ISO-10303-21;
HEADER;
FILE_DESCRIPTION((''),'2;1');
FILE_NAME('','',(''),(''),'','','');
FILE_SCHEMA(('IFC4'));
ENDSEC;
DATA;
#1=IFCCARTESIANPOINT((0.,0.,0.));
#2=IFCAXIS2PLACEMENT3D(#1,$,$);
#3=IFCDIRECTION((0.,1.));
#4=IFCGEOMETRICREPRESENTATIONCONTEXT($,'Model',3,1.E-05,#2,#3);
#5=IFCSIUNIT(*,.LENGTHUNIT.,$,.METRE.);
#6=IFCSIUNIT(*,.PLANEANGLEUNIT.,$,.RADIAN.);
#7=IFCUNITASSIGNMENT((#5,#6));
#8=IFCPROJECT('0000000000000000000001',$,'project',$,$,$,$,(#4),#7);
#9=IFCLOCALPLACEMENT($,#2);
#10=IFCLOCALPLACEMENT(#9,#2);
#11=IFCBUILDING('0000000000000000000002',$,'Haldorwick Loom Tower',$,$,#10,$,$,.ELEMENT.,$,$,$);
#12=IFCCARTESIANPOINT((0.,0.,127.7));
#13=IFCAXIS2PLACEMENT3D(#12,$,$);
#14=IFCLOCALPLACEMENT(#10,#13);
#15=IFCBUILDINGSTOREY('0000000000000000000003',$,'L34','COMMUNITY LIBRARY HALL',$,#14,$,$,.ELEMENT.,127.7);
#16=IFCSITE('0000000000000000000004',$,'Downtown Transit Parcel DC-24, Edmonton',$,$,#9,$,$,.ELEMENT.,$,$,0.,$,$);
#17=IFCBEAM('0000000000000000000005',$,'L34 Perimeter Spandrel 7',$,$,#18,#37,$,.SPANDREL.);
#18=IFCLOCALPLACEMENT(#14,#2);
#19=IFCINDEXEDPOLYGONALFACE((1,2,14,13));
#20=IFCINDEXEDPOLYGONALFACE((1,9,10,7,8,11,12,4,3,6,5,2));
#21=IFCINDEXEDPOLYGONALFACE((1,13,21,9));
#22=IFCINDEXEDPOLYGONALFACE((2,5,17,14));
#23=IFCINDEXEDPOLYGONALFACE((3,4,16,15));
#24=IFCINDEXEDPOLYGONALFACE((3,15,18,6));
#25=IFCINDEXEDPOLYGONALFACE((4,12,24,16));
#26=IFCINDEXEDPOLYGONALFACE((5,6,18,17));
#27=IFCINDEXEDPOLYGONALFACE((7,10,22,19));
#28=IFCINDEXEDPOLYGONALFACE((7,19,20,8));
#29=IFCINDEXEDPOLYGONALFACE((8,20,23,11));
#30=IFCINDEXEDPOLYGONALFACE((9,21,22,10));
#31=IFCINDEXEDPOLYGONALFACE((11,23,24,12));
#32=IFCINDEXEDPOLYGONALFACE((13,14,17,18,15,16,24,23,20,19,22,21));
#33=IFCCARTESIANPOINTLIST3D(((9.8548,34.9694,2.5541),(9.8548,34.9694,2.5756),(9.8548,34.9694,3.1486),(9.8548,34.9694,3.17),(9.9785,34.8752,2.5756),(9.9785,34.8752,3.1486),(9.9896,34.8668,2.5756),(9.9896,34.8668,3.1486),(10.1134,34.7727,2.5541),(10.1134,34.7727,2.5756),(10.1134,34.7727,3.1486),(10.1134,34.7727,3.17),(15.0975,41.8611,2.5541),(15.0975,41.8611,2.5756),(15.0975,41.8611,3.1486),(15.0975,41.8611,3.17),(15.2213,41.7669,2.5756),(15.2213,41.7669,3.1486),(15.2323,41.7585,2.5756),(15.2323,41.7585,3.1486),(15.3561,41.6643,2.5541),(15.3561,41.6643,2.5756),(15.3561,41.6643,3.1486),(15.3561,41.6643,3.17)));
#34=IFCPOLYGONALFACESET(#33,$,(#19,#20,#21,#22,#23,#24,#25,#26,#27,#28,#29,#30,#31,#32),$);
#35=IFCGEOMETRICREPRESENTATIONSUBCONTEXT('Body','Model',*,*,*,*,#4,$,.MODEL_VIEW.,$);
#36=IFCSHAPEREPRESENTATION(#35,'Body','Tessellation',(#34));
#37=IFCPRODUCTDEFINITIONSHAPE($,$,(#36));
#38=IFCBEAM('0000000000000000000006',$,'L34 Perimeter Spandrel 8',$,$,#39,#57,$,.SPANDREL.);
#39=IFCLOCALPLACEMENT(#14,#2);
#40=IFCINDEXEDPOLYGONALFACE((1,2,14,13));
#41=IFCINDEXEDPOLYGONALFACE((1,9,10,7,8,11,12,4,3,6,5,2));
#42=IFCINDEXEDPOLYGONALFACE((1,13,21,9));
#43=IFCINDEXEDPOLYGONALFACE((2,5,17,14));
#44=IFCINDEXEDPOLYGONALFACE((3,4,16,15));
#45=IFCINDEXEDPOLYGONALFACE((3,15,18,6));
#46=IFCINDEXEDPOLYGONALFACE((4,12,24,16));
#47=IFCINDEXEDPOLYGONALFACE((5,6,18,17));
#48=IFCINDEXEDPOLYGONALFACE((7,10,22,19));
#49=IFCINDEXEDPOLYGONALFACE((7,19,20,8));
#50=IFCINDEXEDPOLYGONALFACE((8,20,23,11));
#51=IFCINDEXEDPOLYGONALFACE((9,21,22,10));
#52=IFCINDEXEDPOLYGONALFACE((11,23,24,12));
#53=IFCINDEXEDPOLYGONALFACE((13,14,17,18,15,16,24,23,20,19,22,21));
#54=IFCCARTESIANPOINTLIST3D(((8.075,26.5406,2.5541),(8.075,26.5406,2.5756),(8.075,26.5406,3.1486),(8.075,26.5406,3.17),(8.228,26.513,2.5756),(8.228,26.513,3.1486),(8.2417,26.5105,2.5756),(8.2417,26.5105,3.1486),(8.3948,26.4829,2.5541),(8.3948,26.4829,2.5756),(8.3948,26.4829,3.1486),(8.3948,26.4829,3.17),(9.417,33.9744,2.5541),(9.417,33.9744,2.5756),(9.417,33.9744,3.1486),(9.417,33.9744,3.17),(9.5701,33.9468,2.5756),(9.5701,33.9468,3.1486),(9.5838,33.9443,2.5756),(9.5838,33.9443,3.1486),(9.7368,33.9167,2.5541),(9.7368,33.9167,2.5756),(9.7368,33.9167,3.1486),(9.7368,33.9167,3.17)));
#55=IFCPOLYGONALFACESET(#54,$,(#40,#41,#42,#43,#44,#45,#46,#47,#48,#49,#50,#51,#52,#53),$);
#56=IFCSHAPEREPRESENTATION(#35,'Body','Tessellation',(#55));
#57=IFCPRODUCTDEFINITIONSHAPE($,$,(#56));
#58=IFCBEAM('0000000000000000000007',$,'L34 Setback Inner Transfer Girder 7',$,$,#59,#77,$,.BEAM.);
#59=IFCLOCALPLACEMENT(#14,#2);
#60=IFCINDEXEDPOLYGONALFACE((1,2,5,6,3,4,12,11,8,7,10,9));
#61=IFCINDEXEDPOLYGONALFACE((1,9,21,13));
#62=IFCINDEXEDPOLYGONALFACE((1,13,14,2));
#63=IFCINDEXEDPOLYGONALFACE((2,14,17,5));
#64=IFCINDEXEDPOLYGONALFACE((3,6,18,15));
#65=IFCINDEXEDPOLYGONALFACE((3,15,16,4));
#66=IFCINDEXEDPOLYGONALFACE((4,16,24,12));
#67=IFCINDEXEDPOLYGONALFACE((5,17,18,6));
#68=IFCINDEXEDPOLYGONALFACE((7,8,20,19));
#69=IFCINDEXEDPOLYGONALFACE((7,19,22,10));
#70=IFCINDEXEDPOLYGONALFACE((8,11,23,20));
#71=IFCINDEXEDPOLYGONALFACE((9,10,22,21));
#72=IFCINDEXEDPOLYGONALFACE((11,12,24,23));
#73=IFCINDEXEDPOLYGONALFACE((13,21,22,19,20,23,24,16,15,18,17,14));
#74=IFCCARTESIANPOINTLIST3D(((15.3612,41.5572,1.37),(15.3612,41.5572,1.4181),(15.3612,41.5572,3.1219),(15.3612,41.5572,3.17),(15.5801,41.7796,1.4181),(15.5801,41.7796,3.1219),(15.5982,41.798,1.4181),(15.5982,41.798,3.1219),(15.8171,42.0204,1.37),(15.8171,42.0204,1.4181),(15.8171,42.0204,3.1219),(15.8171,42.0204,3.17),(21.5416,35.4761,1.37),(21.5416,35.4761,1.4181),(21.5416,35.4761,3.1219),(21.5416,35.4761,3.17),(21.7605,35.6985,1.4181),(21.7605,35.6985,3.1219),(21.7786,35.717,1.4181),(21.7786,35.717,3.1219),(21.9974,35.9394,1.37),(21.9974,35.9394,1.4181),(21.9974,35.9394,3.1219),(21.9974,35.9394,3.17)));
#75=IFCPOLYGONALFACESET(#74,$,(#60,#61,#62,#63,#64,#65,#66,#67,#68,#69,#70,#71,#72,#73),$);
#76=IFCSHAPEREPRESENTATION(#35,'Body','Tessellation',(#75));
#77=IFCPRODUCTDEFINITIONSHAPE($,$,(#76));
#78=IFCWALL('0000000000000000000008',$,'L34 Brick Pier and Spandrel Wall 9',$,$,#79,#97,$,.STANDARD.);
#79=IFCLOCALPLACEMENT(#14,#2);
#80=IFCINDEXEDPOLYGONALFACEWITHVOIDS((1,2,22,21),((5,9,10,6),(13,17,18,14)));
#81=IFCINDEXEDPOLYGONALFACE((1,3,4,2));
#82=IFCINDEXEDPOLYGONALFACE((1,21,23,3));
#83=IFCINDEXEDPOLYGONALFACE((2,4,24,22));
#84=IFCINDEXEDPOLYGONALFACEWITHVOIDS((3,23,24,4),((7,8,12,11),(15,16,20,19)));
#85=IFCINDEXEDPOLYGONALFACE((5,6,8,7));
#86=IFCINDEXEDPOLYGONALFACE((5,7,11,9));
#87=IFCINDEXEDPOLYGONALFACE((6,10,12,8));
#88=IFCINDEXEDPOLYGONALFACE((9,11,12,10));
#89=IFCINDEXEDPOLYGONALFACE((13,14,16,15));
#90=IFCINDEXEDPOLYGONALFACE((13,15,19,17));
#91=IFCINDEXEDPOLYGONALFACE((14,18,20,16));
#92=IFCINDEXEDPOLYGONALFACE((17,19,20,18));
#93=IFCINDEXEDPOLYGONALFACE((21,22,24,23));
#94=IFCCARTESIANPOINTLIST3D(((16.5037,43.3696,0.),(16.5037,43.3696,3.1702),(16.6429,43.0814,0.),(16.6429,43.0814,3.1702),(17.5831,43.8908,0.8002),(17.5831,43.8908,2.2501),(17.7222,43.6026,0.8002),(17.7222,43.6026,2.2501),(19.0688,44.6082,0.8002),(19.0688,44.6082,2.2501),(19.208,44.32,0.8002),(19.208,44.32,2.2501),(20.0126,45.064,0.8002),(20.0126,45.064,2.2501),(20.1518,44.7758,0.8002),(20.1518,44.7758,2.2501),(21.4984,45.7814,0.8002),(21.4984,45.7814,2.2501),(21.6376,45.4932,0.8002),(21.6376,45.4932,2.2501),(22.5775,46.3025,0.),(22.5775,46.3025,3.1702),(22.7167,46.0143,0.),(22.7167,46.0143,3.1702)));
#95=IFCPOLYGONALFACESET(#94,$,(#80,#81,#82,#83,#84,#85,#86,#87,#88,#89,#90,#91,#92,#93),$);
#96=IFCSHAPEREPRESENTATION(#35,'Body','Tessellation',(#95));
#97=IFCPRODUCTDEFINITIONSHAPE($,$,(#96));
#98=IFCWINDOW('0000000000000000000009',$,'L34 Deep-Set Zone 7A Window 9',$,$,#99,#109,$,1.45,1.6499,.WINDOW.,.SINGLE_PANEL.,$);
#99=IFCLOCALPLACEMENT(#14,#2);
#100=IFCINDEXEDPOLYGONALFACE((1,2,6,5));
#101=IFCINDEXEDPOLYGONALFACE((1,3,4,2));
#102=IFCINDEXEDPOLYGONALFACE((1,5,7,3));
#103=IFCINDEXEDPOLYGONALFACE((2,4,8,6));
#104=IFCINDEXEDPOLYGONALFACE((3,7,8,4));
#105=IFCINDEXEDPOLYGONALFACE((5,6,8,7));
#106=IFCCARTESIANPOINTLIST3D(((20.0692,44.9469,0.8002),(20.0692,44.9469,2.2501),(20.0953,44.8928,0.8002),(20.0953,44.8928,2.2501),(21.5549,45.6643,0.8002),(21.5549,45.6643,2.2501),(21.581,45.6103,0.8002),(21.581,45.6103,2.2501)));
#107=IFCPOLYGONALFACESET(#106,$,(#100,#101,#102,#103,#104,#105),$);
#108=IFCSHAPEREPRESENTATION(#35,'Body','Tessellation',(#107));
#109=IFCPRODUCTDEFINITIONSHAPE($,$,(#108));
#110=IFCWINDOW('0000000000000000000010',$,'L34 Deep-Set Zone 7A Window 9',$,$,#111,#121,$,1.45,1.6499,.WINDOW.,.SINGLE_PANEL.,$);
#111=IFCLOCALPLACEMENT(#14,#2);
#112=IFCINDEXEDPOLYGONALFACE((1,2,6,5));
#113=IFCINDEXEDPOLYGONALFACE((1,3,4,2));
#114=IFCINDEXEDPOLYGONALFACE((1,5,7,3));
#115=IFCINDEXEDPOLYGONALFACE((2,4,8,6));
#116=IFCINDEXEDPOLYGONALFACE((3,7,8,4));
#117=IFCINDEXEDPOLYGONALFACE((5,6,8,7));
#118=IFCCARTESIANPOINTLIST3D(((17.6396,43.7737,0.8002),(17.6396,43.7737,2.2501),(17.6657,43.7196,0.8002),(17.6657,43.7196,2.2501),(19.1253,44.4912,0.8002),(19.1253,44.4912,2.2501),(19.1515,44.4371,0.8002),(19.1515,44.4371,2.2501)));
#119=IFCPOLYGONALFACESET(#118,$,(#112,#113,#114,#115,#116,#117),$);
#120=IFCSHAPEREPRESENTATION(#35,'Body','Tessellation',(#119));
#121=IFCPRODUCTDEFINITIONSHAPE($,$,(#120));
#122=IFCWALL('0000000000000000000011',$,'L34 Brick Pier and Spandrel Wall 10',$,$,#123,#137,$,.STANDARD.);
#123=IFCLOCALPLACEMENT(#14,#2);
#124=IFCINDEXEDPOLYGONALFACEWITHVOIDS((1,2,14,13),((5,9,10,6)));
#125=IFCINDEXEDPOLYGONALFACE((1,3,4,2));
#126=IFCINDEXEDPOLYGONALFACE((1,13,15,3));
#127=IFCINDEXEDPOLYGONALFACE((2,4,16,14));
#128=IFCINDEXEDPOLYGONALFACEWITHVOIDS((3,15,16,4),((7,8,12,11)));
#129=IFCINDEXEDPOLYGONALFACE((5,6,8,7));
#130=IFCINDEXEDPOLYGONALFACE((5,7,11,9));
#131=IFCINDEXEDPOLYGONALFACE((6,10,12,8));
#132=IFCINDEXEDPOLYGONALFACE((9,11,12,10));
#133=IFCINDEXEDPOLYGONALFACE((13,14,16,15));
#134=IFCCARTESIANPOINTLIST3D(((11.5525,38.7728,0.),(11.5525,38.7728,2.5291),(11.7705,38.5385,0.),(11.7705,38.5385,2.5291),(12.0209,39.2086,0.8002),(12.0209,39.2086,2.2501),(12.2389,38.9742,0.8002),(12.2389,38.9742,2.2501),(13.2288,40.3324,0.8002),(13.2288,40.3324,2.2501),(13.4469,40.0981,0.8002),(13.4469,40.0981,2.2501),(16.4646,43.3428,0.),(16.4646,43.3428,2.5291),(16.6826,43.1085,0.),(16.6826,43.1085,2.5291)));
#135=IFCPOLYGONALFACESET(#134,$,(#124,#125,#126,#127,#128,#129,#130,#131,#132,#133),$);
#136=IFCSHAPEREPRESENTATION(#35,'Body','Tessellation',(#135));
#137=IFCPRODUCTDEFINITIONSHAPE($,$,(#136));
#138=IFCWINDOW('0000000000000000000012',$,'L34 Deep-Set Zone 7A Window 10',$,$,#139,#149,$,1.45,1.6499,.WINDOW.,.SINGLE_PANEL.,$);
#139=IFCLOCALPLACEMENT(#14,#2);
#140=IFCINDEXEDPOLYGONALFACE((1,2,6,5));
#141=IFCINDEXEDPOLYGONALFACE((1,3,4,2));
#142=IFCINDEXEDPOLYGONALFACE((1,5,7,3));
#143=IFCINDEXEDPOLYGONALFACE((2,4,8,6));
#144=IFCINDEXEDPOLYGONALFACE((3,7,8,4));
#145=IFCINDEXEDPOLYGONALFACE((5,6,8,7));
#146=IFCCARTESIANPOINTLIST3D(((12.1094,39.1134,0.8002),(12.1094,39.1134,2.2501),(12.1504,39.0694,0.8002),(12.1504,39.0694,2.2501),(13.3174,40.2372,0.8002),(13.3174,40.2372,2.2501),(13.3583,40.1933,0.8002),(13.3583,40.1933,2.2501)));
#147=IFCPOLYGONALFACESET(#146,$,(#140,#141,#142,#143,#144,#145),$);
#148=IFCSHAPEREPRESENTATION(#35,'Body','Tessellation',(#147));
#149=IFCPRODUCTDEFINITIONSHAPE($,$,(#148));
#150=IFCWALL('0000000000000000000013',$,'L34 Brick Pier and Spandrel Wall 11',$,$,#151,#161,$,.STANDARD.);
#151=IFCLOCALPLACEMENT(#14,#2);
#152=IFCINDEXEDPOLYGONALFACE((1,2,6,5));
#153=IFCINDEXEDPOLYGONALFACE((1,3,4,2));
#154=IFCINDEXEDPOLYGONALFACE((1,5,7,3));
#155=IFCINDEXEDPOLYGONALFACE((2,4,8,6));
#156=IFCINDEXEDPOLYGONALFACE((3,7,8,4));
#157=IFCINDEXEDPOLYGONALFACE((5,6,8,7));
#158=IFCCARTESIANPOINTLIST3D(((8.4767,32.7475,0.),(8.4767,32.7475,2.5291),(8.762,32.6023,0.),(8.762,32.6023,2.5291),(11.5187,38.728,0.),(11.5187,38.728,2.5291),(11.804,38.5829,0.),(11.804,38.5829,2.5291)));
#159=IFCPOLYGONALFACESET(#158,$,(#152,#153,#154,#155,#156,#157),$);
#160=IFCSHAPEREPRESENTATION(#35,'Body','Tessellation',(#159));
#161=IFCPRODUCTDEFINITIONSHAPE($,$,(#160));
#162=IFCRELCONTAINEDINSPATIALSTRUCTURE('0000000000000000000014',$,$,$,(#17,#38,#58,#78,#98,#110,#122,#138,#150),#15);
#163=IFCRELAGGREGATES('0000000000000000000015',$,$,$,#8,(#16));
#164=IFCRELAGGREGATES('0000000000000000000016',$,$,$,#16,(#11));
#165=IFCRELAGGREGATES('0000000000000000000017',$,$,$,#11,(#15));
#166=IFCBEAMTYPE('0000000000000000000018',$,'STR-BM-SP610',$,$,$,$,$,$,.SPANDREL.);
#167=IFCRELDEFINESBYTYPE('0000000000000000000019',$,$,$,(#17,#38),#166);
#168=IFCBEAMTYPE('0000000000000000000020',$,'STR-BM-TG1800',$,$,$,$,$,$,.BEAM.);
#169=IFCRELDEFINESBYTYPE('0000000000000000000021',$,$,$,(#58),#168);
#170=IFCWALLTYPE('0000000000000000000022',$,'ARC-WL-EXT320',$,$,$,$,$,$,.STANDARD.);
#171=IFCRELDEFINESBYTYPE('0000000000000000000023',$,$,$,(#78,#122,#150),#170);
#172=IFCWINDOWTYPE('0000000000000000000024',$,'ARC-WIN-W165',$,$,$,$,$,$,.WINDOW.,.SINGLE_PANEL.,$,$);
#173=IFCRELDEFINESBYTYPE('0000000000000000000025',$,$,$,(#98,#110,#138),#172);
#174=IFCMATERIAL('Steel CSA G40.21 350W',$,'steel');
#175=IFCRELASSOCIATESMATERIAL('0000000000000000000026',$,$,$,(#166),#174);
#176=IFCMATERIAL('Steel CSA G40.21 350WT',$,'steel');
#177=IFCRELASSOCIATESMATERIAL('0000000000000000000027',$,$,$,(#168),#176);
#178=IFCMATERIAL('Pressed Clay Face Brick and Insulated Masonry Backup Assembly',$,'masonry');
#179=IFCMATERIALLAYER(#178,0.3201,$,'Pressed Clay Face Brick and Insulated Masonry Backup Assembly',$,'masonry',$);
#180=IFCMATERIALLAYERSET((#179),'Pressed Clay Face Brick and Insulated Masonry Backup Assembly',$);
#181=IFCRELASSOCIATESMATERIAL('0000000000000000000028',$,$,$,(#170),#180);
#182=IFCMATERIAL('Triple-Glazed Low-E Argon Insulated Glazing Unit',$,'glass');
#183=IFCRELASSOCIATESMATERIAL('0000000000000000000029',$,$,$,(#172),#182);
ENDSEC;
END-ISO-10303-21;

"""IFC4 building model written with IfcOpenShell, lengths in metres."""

from ifc_helpers import new_model, si_unit, direction, frame, frame_2d, origin, origin_2d, place, context, subcontext, project, spatial, rectangle, i_section, extrude, material, layer, layer_set, material_profile, profile_set, type_object, element, fill, save


model = new_model("IFC4")

# Units and contexts
model_context = context("Model", 3, precision=1e-05, world=origin(), true_north=direction((0.0, 1.0)))
body_context = subcontext(model_context, "Body", "Model", "MODEL_VIEW")
ifc_project = project(units=[si_unit("LENGTHUNIT", "METRE"), si_unit("PLANEANGLEUNIT", "RADIAN")], contexts=[model_context])

# Site, building, storey
site_placement = place(None, origin())
site = spatial("IfcSite", under=ifc_project, at=site_placement, Name="Downtown Transit Parcel DC-24, Edmonton", CompositionType="ELEMENT", RefElevation=0.0)
building_placement = place(site_placement, origin())
building = spatial("IfcBuilding", under=site, at=building_placement, Name="Haldorwick Loom Tower", CompositionType="ELEMENT")
storey_placement = place(building_placement, frame((0.0, 0.0, 127.7)))
storey = spatial("IfcBuildingStorey", under=building, at=storey_placement, Name="L34", Description="COMMUNITY LIBRARY HALL", CompositionType="ELEMENT", Elevation=127.7)

# Shared definitions
ifc_material_1 = material(Name="Steel CSA G40.21 350WT", Category="steel")

# Beams
ifc_material_2 = material(Name="Steel CSA G40.21 350W", Category="steel")
ifc_material_profile_1 = material_profile(ifc_material_2, i_section(OverallWidth=0.325, OverallDepth=0.616, WebThickness=0.0139, FlangeThickness=0.0215, at=origin_2d()), Name="W610X174", Category="steel")
ifc_profile_set_1 = profile_set([ifc_material_profile_1], Name="Steel CSA G40.21 350W")
beam_type_1 = type_object("IfcBeamType", Name="STR-BM-SP610", PredefinedType="SPANDREL", material=ifc_profile_set_1)
beam_1_placement = place(storey_placement, frame((15.2268, 41.7627, 2.8621), z_axis=(-0.605454, -0.795881, 0.0), x_axis=(0.795881, -0.605454, 0.0)))
element("IfcBeam", 1, at=beam_1_placement, inside=storey, type_object=beam_type_1, Name="L34 Perimeter Spandrel 7", PredefinedType="SPANDREL", context=body_context, shape_type="SweptSolid", body=[
    extrude(i_section(OverallWidth=0.325, OverallDepth=0.616, WebThickness=0.0139, FlangeThickness=0.0215, at=origin_2d()), origin(), (0.0, 0.0, 1.0), 8.6592),
])
beam_2_placement = place(storey_placement, frame((9.5769, 33.9456, 2.8621), z_axis=(-0.177659, -0.984092, 0.0), x_axis=(0.984092, -0.177659, 0.0)))
element("IfcBeam", 2, at=beam_2_placement, inside=storey, type_object=beam_type_1, Name="L34 Perimeter Spandrel 8", PredefinedType="SPANDREL", context=body_context, shape_type="SweptSolid", body=[
    extrude(i_section(OverallWidth=0.325, OverallDepth=0.616, WebThickness=0.0139, FlangeThickness=0.0215, at=origin_2d()), origin(), (0.0, 0.0, 1.0), 7.554),
])
ifc_material_profile_2 = material_profile(ifc_material_1, i_section(OverallWidth=0.6499, OverallDepth=1.8, WebThickness=0.0259, FlangeThickness=0.0481, at=origin_2d()), Name="WWF1800X650", Category="steel")
ifc_profile_set_2 = profile_set([ifc_material_profile_2], Name="Steel CSA G40.21 350WT")
beam_type_2 = type_object("IfcBeamType", Name="STR-BM-TG1800", PredefinedType="BEAM", material=ifc_profile_set_2)
beam_3_placement = place(storey_placement, frame((21.7695, 35.7078, 2.27), z_axis=(-0.712814, 0.701353, 0.0), x_axis=(-0.701353, -0.712814, 0.0)))
element("IfcBeam", 3, at=beam_3_placement, inside=storey, type_object=beam_type_2, Name="L34 Setback Inner Transfer Girder 7", PredefinedType="BEAM", context=body_context, shape_type="SweptSolid", body=[
    extrude(i_section(OverallWidth=0.6499, OverallDepth=1.8, WebThickness=0.0259, FlangeThickness=0.0481, at=origin_2d()), origin(), (0.0, 0.0, 1.0), 8.6704),
])

# Wall, openings, windows
ifc_material_3 = material(Name="Pressed Clay Face Brick and Insulated Masonry Backup Assembly", Category="masonry")
ifc_layer_1 = layer(ifc_material_3, 0.3201, Name="Pressed Clay Face Brick and Insulated Masonry Backup Assembly", Category="masonry")
ifc_layer_set_1 = layer_set([ifc_layer_1], Name="Pressed Clay Face Brick and Insulated Masonry Backup Assembly")
wall_type_1 = type_object("IfcWallType", Name="ARC-WL-EXT320", PredefinedType="STANDARD", material=ifc_layer_set_1)
wall_1_placement = place(storey_placement, frame((22.6472, 46.1584, 0.0), z_axis=(0.0, 0.0, 1.0), x_axis=(-0.90051, -0.434835, 0.0)))
wall_1 = element("IfcWall", 4, at=wall_1_placement, inside=storey, type_object=wall_type_1, Name="L34 Brick Pier and Spandrel Wall 9", PredefinedType="STANDARD", context=body_context, shape_type="SweptSolid", body=[
    extrude(rectangle(XDim=6.7449, YDim=0.3201, at=frame_2d((3.3726, 0.0))), origin(), (0.0, 0.0, 1.0), 3.1702),
])
opening_1_placement = place(wall_1_placement, frame((1.1985, 0.0, 0.8)))
opening_1 = element("IfcOpeningElement", 5, at=opening_1_placement, cuts=wall_1, PredefinedType="OPENING", context=body_context, shape_type="SweptSolid", body=[
    extrude(rectangle(XDim=1.6499, YDim=1.45, at=frame_2d((0.825, 0.7251))), frame((0.0, 0.1699, 0.0), z_axis=(0.0, -1.0, 0.0), x_axis=(1.0, 0.0, 0.0)), (0.0, 0.0, 1.0), 0.3401),
])
opening_2_placement = place(wall_1_placement, frame((3.8965, 0.0, 0.8)))
opening_2 = element("IfcOpeningElement", 6, at=opening_2_placement, cuts=wall_1, PredefinedType="OPENING", context=body_context, shape_type="SweptSolid", body=[
    extrude(rectangle(XDim=1.6499, YDim=1.45, at=frame_2d((0.825, 0.7251))), frame((0.0, 0.1699, 0.0), z_axis=(0.0, -1.0, 0.0), x_axis=(1.0, 0.0, 0.0)), (0.0, 0.0, 1.0), 0.3401),
])
ifc_material_4 = material(Name="Triple-Glazed Low-E Argon Insulated Glazing Unit", Category="glass")
window_type = type_object("IfcWindowType", Name="ARC-WIN-W165", PartitioningType="SINGLE_PANEL", PredefinedType="WINDOW", material=ifc_material_4)
window_1_placement = place(opening_1_placement, origin())
window_1 = element("IfcWindow", 7, at=window_1_placement, inside=storey, type_object=window_type, Name="L34 Deep-Set Zone 7A Window 9", OverallHeight=1.45, OverallWidth=1.6499, PartitioningType="SINGLE_PANEL", PredefinedType="WINDOW", context=body_context, shape_type="SweptSolid", body=[
    extrude(rectangle(XDim=1.6499, YDim=1.45, at=frame_2d((0.825, 0.7251))), frame((0.0, 0.03, 0.0), z_axis=(0.0, -1.0, 0.0), x_axis=(1.0, 0.0, 0.0)), (0.0, 0.0, 1.0), 0.0601),
])
fill(opening_1, window_1)
window_2_placement = place(opening_2_placement, origin())
window_2 = element("IfcWindow", 8, at=window_2_placement, inside=storey, type_object=window_type, Name="L34 Deep-Set Zone 7A Window 9", OverallHeight=1.45, OverallWidth=1.6499, PartitioningType="SINGLE_PANEL", PredefinedType="WINDOW", context=body_context, shape_type="SweptSolid", body=[
    extrude(rectangle(XDim=1.6499, YDim=1.45, at=frame_2d((0.825, 0.7251))), frame((0.0, 0.03, 0.0), z_axis=(0.0, -1.0, 0.0), x_axis=(1.0, 0.0, 0.0)), (0.0, 0.0, 1.0), 0.0601),
])
fill(opening_2, window_2)

# Wall, opening, window
wall_2_placement = place(storey_placement, frame((16.5735, 43.2256, 0.0), z_axis=(0.0, 0.0, 1.0), x_axis=(-0.732137, -0.681157, 0.0)))
wall_2 = element("IfcWall", 9, at=wall_2_placement, inside=storey, type_object=wall_type_1, Name="L34 Brick Pier and Spandrel Wall 10", PredefinedType="STANDARD", context=body_context, shape_type="SweptSolid", body=[
    extrude(rectangle(XDim=6.7092, YDim=0.3201, at=frame_2d((3.3545, 0.0))), origin(), (0.0, 0.0, 1.0), 2.5291),
])
opening_3_placement = place(wall_2_placement, frame((4.4194, 0.0, 0.8)))
opening_3 = element("IfcOpeningElement", 10, at=opening_3_placement, cuts=wall_2, PredefinedType="OPENING", context=body_context, shape_type="SweptSolid", body=[
    extrude(rectangle(XDim=1.6499, YDim=1.45, at=frame_2d((0.825, 0.7251))), frame((0.0, 0.1699, 0.0), z_axis=(0.0, -1.0, 0.0), x_axis=(1.0, 0.0, 0.0)), (0.0, 0.0, 1.0), 0.3401),
])
window_3_placement = place(opening_3_placement, origin())
window_3 = element("IfcWindow", 11, at=window_3_placement, inside=storey, type_object=window_type, Name="L34 Deep-Set Zone 7A Window 10", OverallHeight=1.45, OverallWidth=1.6499, PartitioningType="SINGLE_PANEL", PredefinedType="WINDOW", context=body_context, shape_type="SweptSolid", body=[
    extrude(rectangle(XDim=1.6499, YDim=1.45, at=frame_2d((0.825, 0.7251))), frame((0.0, 0.03, 0.0), z_axis=(0.0, -1.0, 0.0), x_axis=(1.0, 0.0, 0.0)), (0.0, 0.0, 1.0), 0.0601),
])
fill(opening_3, window_3)

# Wall
wall_3_placement = place(storey_placement, frame((11.6614, 38.6555, 0.0), z_axis=(0.0, 0.0, 1.0), x_axis=(-0.453374, -0.89132, 0.0)))
element("IfcWall", 12, at=wall_3_placement, inside=storey, type_object=wall_type_1, Name="L34 Brick Pier and Spandrel Wall 11", PredefinedType="STANDARD", context=body_context, shape_type="SweptSolid", body=[
    extrude(rectangle(XDim=6.7097, YDim=0.3201, at=frame_2d((3.355, 0.0))), origin(), (0.0, 0.0, 1.0), 2.5291),
])

save(model, "model.ifc")
